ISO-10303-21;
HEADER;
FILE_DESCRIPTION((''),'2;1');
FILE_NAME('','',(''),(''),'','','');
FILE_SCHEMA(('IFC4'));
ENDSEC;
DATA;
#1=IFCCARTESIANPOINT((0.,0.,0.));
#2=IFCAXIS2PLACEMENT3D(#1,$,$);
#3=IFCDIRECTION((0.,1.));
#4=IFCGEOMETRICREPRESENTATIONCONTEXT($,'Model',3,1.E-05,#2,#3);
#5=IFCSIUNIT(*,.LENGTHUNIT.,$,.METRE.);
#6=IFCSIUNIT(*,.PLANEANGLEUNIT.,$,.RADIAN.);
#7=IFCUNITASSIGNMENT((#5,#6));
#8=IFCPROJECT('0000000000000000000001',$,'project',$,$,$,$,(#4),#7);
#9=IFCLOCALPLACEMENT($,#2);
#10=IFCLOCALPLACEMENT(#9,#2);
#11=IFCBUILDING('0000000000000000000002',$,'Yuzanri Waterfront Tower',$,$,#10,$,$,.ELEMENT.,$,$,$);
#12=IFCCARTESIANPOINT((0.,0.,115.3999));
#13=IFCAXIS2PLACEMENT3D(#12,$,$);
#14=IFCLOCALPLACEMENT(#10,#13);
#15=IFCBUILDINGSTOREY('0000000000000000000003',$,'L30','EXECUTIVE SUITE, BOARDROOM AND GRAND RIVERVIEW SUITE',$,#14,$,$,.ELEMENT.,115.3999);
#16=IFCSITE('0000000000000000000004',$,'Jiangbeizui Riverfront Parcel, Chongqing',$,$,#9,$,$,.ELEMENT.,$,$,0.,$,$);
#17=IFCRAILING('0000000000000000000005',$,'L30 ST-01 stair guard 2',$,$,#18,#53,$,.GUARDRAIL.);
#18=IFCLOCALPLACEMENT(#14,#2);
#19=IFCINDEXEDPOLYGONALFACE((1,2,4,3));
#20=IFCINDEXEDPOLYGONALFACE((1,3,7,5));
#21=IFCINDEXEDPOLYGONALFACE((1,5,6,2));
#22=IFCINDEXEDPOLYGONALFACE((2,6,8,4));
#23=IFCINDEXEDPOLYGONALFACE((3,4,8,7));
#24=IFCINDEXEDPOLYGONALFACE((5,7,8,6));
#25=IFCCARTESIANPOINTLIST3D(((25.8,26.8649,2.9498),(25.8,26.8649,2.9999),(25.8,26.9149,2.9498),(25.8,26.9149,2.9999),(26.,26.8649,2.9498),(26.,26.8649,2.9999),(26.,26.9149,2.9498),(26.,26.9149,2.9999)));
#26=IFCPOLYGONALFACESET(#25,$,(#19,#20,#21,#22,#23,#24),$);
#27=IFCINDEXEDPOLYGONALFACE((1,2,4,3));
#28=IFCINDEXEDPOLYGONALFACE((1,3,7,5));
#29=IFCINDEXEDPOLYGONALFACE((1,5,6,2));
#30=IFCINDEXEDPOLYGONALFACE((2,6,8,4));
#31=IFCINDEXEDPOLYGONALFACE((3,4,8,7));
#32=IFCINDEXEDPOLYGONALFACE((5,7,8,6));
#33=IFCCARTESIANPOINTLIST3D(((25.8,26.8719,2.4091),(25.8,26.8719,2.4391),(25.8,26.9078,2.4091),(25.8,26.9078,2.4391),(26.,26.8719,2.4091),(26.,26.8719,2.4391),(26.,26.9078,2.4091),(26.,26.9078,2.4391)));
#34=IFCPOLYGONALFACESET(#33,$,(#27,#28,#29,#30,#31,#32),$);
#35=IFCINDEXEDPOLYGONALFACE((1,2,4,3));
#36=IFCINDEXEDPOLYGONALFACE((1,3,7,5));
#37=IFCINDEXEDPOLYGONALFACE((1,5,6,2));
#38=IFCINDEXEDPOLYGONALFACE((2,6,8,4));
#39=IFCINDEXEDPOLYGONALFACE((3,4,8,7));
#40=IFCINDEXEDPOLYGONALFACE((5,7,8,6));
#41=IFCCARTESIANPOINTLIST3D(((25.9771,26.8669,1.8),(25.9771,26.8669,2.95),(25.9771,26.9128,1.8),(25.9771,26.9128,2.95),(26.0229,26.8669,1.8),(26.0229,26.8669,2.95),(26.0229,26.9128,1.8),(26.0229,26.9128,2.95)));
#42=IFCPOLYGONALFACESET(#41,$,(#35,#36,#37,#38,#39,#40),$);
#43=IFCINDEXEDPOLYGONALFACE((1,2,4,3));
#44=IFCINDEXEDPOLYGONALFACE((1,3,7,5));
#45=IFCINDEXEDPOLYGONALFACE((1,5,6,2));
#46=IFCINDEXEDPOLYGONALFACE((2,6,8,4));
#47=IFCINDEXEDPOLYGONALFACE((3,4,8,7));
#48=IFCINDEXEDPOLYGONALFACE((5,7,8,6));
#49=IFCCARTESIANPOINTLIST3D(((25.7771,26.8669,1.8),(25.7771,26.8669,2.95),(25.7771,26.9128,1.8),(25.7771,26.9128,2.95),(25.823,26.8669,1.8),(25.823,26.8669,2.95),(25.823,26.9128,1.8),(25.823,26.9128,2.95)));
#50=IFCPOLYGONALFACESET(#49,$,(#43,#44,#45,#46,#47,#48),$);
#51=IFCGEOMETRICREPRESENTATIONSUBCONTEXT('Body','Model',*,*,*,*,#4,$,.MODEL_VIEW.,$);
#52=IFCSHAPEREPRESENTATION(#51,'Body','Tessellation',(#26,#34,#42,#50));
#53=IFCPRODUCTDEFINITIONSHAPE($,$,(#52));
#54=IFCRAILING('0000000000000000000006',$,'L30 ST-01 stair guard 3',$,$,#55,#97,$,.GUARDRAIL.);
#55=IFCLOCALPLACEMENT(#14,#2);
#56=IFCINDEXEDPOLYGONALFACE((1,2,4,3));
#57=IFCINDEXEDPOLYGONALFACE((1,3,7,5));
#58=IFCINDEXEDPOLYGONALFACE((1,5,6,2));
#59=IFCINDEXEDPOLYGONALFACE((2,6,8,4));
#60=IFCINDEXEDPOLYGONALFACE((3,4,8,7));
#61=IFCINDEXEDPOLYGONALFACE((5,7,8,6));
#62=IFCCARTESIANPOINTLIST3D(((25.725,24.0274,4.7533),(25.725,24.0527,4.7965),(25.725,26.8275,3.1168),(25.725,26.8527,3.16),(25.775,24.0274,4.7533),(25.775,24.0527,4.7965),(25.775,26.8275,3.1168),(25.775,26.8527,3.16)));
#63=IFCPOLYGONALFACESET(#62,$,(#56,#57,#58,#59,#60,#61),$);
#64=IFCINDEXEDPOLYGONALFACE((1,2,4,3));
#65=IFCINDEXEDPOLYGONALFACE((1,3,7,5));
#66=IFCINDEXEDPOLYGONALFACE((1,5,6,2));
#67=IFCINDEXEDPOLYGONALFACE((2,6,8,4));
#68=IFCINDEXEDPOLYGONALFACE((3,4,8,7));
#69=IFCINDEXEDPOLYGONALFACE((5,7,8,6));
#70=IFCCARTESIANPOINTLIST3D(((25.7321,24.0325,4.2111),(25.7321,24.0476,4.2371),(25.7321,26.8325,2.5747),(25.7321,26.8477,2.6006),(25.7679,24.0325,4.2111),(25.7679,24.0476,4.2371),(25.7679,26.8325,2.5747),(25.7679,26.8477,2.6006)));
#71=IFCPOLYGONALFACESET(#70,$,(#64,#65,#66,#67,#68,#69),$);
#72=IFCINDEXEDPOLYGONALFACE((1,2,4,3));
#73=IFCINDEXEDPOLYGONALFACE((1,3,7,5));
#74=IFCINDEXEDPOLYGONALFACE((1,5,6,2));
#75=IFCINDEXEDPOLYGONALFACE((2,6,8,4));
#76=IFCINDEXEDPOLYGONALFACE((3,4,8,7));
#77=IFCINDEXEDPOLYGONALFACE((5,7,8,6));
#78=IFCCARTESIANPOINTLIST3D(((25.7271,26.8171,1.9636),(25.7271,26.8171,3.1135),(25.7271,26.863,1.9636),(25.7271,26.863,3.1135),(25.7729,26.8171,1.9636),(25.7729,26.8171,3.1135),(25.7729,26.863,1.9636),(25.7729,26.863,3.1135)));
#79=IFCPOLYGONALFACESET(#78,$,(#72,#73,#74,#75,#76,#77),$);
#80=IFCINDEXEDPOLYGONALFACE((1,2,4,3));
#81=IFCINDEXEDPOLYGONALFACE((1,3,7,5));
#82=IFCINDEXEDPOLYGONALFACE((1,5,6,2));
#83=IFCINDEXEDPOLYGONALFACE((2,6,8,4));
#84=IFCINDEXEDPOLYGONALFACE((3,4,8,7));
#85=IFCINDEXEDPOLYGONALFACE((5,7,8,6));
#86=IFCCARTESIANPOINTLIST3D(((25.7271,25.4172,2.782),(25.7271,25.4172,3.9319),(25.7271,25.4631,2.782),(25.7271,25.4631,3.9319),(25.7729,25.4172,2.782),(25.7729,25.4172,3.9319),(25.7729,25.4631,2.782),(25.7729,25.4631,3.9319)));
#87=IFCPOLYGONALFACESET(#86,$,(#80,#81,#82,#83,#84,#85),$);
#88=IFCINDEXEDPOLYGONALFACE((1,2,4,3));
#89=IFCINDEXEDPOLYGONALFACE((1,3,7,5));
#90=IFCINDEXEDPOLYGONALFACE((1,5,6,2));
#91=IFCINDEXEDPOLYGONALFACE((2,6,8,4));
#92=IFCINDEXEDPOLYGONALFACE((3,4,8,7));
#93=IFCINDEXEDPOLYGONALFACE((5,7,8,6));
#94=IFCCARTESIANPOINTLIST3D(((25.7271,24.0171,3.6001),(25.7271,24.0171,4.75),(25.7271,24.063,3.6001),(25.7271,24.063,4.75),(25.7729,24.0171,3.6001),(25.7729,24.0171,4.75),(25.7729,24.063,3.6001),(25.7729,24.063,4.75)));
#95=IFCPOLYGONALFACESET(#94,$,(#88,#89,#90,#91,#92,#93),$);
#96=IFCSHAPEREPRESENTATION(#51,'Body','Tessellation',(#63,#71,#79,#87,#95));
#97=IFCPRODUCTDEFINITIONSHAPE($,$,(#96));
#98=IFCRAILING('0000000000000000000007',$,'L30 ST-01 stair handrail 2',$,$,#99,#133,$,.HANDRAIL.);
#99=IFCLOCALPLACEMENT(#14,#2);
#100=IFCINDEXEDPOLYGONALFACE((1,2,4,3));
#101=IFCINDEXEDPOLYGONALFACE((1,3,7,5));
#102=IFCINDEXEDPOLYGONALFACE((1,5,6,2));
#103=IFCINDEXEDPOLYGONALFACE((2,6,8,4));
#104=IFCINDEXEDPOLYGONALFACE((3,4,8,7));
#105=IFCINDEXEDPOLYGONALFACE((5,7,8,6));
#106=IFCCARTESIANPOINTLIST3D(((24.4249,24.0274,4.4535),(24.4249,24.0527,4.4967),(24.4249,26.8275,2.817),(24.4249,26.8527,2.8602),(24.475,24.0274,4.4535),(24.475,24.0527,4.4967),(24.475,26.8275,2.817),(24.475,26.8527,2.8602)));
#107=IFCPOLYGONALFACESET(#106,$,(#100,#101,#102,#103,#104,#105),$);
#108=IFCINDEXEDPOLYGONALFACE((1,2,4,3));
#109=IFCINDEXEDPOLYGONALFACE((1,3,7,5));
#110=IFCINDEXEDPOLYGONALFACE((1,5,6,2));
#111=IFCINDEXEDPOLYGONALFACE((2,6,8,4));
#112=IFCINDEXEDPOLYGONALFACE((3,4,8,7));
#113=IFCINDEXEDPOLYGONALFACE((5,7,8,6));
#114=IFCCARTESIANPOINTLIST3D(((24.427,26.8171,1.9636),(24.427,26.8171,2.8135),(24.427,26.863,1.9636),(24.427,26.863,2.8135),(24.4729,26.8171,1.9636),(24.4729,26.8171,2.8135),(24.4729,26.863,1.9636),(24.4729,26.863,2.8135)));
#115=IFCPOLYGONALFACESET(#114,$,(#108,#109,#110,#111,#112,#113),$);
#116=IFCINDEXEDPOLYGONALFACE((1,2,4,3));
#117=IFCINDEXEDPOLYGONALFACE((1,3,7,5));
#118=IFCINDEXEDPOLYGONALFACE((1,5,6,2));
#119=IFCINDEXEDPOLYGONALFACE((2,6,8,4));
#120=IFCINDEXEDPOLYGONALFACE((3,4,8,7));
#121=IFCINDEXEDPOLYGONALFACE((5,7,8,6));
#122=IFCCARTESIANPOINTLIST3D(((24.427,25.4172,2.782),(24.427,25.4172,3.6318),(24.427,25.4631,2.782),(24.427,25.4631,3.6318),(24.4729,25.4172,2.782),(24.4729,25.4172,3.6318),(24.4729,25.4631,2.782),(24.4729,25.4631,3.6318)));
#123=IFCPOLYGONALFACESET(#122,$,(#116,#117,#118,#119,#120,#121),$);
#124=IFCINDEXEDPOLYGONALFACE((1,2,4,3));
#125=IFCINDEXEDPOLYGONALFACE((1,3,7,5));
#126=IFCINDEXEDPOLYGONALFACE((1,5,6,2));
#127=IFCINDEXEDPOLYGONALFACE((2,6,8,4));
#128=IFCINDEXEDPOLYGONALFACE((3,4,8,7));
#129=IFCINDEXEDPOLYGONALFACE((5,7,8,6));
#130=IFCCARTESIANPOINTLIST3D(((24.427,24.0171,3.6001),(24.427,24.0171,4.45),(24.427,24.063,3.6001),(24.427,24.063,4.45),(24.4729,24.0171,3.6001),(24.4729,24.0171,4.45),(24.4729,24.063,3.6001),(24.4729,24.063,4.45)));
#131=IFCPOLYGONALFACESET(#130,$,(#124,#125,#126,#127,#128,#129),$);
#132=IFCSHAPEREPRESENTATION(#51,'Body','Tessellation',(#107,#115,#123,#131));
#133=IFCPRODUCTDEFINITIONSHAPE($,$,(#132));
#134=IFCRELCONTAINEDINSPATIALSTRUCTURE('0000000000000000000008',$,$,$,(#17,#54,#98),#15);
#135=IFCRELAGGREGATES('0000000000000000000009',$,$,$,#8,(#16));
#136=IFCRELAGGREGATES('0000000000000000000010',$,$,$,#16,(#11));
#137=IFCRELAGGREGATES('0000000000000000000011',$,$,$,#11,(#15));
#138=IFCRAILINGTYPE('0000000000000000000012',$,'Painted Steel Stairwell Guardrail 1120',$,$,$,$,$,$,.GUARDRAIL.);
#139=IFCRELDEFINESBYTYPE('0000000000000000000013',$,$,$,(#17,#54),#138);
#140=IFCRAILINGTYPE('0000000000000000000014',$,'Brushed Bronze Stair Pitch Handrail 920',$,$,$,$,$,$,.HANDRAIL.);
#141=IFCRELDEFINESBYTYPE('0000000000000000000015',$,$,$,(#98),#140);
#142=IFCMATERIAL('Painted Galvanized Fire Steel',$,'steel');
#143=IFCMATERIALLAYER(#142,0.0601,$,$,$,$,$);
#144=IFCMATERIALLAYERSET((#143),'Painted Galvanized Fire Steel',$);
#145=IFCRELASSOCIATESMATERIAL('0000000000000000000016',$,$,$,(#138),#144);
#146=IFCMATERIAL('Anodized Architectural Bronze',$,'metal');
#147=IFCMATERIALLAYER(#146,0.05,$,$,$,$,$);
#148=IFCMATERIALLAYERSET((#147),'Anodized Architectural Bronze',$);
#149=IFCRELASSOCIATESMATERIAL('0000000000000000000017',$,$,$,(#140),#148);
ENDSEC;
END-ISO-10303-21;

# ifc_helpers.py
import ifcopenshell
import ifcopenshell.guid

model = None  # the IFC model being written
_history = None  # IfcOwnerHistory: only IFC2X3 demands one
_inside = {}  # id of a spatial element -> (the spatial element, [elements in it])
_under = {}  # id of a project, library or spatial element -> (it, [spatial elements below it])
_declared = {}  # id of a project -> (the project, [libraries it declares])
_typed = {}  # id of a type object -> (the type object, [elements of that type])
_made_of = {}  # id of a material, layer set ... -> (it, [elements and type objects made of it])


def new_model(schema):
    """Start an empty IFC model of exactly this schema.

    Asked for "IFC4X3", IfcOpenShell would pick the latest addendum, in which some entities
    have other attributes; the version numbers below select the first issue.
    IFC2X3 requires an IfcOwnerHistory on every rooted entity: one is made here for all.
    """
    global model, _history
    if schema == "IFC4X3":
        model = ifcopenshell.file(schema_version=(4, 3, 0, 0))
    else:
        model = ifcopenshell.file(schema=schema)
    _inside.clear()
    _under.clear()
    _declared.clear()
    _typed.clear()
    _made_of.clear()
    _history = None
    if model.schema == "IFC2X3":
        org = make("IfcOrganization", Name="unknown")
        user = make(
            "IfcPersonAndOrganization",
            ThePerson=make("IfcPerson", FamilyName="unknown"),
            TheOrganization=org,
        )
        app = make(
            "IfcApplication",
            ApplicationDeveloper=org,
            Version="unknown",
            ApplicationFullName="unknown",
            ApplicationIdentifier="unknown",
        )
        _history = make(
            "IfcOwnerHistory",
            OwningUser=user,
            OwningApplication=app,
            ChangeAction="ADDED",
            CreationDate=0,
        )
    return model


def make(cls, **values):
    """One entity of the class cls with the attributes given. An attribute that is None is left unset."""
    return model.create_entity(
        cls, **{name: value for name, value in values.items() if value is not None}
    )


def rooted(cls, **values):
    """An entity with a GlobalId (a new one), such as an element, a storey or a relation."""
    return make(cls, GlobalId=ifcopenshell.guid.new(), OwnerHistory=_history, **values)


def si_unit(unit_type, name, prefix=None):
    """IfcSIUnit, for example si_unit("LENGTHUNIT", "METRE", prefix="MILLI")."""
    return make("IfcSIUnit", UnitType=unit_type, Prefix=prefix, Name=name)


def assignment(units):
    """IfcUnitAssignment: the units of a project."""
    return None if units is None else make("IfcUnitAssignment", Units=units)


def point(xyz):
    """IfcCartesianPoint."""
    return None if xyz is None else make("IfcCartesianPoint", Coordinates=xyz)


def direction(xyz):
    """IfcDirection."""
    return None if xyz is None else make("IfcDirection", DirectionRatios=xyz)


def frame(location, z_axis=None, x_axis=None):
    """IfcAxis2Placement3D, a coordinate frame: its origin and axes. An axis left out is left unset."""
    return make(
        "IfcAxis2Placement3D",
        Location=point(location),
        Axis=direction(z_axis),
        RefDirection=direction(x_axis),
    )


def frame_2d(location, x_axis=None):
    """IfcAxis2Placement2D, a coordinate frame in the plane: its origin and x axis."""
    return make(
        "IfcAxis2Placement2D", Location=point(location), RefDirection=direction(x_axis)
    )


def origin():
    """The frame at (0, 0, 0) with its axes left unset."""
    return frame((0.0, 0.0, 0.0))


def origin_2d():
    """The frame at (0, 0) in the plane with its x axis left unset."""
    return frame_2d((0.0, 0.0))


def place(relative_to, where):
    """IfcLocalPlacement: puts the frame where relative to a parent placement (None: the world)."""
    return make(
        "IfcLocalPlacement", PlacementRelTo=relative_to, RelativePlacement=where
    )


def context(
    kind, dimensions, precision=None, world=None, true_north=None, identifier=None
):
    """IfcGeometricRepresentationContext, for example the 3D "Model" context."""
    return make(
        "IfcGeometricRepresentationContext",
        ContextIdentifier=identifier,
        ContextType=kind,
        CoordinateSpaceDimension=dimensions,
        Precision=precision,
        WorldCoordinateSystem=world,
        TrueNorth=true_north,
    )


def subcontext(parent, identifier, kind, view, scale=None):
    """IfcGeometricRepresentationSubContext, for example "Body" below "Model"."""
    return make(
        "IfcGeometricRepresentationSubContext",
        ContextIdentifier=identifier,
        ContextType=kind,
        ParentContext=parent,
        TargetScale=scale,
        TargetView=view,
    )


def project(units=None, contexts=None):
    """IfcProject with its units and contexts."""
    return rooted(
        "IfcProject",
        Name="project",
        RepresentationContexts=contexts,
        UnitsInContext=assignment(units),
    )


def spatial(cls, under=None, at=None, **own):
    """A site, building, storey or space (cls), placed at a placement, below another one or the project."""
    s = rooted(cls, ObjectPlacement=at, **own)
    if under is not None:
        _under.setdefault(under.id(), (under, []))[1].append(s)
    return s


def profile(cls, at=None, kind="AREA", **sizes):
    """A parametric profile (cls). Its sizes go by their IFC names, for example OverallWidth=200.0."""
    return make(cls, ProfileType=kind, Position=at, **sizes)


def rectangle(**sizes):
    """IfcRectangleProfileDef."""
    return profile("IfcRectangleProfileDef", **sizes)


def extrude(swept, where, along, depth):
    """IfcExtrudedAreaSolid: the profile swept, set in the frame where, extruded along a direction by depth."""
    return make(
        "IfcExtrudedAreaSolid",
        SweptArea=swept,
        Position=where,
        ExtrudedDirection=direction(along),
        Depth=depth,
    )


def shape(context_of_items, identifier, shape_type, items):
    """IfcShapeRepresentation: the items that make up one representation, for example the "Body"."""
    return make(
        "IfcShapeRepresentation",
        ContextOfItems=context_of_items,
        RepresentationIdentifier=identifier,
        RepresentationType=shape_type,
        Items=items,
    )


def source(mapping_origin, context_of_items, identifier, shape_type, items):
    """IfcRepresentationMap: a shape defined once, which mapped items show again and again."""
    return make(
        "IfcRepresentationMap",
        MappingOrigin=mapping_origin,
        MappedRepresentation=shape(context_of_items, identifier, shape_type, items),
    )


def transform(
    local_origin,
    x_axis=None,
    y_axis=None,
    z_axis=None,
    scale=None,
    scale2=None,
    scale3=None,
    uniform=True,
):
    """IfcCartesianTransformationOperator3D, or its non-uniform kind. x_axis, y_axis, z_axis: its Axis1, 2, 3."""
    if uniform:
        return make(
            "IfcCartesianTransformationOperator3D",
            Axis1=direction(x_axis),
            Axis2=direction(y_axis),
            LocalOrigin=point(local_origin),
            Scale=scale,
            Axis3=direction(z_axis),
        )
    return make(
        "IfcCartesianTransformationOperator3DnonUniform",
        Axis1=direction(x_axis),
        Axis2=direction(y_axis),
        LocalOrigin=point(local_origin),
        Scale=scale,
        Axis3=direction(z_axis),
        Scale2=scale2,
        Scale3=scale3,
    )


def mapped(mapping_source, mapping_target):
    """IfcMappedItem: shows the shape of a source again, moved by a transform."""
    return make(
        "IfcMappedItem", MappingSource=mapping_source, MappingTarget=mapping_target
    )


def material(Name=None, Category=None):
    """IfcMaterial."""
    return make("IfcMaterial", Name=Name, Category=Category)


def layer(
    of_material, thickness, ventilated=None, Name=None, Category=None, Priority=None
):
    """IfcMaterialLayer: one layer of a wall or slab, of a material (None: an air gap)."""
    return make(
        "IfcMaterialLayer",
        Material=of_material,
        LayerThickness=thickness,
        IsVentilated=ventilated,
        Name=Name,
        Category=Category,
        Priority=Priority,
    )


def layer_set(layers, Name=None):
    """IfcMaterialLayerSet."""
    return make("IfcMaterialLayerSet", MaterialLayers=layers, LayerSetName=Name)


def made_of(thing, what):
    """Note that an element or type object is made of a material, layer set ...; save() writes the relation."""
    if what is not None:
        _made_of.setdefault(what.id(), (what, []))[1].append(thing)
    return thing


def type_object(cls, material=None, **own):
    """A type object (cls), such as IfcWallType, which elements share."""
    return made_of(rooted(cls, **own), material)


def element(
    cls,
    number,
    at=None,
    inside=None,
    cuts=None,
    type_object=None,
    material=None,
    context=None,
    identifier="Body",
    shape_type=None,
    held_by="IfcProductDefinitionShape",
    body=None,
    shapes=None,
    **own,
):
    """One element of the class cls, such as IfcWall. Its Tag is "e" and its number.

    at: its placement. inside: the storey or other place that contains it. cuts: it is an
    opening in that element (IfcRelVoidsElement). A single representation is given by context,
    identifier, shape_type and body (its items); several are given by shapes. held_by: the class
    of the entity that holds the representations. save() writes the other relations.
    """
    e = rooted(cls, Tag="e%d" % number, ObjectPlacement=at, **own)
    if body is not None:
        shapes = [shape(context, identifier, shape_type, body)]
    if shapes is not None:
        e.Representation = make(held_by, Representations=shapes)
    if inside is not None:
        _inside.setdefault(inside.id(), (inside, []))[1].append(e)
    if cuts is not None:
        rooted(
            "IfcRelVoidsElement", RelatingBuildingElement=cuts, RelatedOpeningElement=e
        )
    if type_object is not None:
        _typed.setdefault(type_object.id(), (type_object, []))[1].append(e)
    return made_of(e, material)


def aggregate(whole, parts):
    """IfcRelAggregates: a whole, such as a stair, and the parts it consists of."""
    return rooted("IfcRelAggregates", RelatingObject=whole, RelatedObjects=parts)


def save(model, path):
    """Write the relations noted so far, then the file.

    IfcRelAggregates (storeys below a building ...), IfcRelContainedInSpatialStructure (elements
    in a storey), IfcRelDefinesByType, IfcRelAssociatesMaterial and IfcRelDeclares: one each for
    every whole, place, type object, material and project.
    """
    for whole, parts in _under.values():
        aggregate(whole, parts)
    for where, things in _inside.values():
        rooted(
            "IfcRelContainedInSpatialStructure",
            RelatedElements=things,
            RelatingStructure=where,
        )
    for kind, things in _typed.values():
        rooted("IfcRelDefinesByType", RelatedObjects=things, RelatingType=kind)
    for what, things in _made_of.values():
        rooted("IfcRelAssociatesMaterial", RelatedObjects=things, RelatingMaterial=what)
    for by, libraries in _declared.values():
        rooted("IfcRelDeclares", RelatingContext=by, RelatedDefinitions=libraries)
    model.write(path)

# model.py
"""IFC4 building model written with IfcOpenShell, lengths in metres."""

from ifc_helpers import new_model, si_unit, direction, frame, origin, origin_2d, place, context, subcontext, project, spatial, rectangle, extrude, source, transform, mapped, material, layer, layer_set, type_object, element, save


model = new_model("IFC4")

# Units and contexts
model_context = context("Model", 3, precision=1e-05, world=origin(), true_north=direction((0.0, 1.0)))
body_context = subcontext(model_context, "Body", "Model", "MODEL_VIEW")
ifc_project = project(units=[si_unit("LENGTHUNIT", "METRE"), si_unit("PLANEANGLEUNIT", "RADIAN")], contexts=[model_context])

# Site, building, storey
site_placement = place(None, origin())
site = spatial("IfcSite", under=ifc_project, at=site_placement, Name="Jiangbeizui Riverfront Parcel, Chongqing", CompositionType="ELEMENT", RefElevation=0.0)
building_placement = place(site_placement, origin())
building = spatial("IfcBuilding", under=site, at=building_placement, Name="Yuzanri Waterfront Tower", CompositionType="ELEMENT")
storey_placement = place(building_placement, frame((0.0, 0.0, 115.3999)))
storey = spatial("IfcBuildingStorey", under=building, at=storey_placement, Name="L30", Description="EXECUTIVE SUITE, BOARDROOM AND GRAND RIVERVIEW SUITE", CompositionType="ELEMENT", Elevation=115.3999)

# Railings
ifc_material_1 = material(Name="Painted Galvanized Fire Steel", Category="steel")
ifc_layer_1 = layer(ifc_material_1, 0.0601)
ifc_layer_set_1 = layer_set([ifc_layer_1], Name="Painted Galvanized Fire Steel")
railing_type_1 = type_object("IfcRailingType", Name="Painted Steel Stairwell Guardrail 1120", PredefinedType="GUARDRAIL", material=ifc_layer_set_1)
shared_shape_1 = source(origin(), body_context, "Body", "SweptSolid", [
    extrude(rectangle(XDim=0.05, YDim=0.05, at=origin_2d()), frame((0.0, 0.0, 1.1748), z_axis=(-1.0, 0.0, 0.0), x_axis=(0.0, -1.0, 0.0)), (0.0, 0.0, 1.0), 0.2),
    extrude(rectangle(XDim=0.0359, YDim=0.03, at=origin_2d()), frame((0.0, 0.0, 0.624), z_axis=(-1.0, 0.0, 0.0), x_axis=(0.0, -1.0, 0.0)), (0.0, 0.0, 1.0), 0.2),
    extrude(rectangle(XDim=0.0459, YDim=0.0459, at=origin_2d()), origin(), (0.0, 0.0, 1.0), 1.1499),
    extrude(rectangle(XDim=0.0459, YDim=0.0459, at=origin_2d()), frame((-0.2, 0.0, 0.0)), (0.0, 0.0, 1.0), 1.1499),
])
railing_1_placement = place(storey_placement, frame((26.0, 26.8899, 1.8)))
element("IfcRailing", 1, at=railing_1_placement, inside=storey, type_object=railing_type_1, Name="L30 ST-01 stair guard 2", PredefinedType="GUARDRAIL", context=body_context, shape_type="MappedRepresentation", body=[
    mapped(shared_shape_1, transform((0.0, 0.0, 0.0), scale=1.0)),
])
shared_shape_2 = source(origin(), body_context, "Body", "SweptSolid", [
    extrude(rectangle(XDim=0.05, YDim=0.05, at=origin_2d()), frame((0.0, 0.0, 1.1748), z_axis=(0.0, -0.863361, 0.504587), x_axis=(1.0, 0.0, 0.0)), (0.0, 0.0, 1.0), 3.2432),
    extrude(rectangle(XDim=0.0359, YDim=0.03, at=origin_2d()), frame((0.0, 0.0, 0.624), z_axis=(0.0, -0.863361, 0.504587), x_axis=(1.0, 0.0, 0.0)), (0.0, 0.0, 1.0), 3.2432),
    extrude(rectangle(XDim=0.0459, YDim=0.0459, at=origin_2d()), origin(), (0.0, 0.0, 1.0), 1.1499),
    extrude(rectangle(XDim=0.0459, YDim=0.0459, at=origin_2d()), frame((0.0, -1.3999, 0.8184)), (0.0, 0.0, 1.0), 1.1499),
    extrude(rectangle(XDim=0.0459, YDim=0.0459, at=origin_2d()), frame((0.0, -2.8, 1.6365)), (0.0, 0.0, 1.0), 1.1499),
])
railing_2_placement = place(storey_placement, frame((25.75, 26.8401, 1.9636)))
element("IfcRailing", 2, at=railing_2_placement, inside=storey, type_object=railing_type_1, Name="L30 ST-01 stair guard 3", PredefinedType="GUARDRAIL", context=body_context, shape_type="MappedRepresentation", body=[
    mapped(shared_shape_2, transform((0.0, 0.0, 0.0), scale=1.0)),
])
ifc_material_2 = material(Name="Anodized Architectural Bronze", Category="metal")
ifc_layer_2 = layer(ifc_material_2, 0.05)
ifc_layer_set_2 = layer_set([ifc_layer_2], Name="Anodized Architectural Bronze")
railing_type_2 = type_object("IfcRailingType", Name="Brushed Bronze Stair Pitch Handrail 920", PredefinedType="HANDRAIL", material=ifc_layer_set_2)
shared_shape_3 = source(origin(), body_context, "Body", "SweptSolid", [
    extrude(rectangle(XDim=0.05, YDim=0.05, at=origin_2d()), frame((0.0, 0.0, 0.875), z_axis=(0.0, -0.863361, 0.504587), x_axis=(1.0, 0.0, 0.0)), (0.0, 0.0, 1.0), 3.2432),
    extrude(rectangle(XDim=0.0459, YDim=0.0459, at=origin_2d()), origin(), (0.0, 0.0, 1.0), 0.8499),
    extrude(rectangle(XDim=0.0459, YDim=0.0459, at=origin_2d()), frame((0.0, -1.3999, 0.8184)), (0.0, 0.0, 1.0), 0.8499),
    extrude(rectangle(XDim=0.0459, YDim=0.0459, at=origin_2d()), frame((0.0, -2.8, 1.6365)), (0.0, 0.0, 1.0), 0.8499),
])
railing_3_placement = place(storey_placement, frame((24.45, 26.8401, 1.9636)))
element("IfcRailing", 3, at=railing_3_placement, inside=storey, type_object=railing_type_2, Name="L30 ST-01 stair handrail 2", PredefinedType="HANDRAIL", context=body_context, shape_type="MappedRepresentation", body=[
    mapped(shared_shape_3, transform((0.0, 0.0, 0.0), scale=1.0)),
])

save(model, "model.ifc")
